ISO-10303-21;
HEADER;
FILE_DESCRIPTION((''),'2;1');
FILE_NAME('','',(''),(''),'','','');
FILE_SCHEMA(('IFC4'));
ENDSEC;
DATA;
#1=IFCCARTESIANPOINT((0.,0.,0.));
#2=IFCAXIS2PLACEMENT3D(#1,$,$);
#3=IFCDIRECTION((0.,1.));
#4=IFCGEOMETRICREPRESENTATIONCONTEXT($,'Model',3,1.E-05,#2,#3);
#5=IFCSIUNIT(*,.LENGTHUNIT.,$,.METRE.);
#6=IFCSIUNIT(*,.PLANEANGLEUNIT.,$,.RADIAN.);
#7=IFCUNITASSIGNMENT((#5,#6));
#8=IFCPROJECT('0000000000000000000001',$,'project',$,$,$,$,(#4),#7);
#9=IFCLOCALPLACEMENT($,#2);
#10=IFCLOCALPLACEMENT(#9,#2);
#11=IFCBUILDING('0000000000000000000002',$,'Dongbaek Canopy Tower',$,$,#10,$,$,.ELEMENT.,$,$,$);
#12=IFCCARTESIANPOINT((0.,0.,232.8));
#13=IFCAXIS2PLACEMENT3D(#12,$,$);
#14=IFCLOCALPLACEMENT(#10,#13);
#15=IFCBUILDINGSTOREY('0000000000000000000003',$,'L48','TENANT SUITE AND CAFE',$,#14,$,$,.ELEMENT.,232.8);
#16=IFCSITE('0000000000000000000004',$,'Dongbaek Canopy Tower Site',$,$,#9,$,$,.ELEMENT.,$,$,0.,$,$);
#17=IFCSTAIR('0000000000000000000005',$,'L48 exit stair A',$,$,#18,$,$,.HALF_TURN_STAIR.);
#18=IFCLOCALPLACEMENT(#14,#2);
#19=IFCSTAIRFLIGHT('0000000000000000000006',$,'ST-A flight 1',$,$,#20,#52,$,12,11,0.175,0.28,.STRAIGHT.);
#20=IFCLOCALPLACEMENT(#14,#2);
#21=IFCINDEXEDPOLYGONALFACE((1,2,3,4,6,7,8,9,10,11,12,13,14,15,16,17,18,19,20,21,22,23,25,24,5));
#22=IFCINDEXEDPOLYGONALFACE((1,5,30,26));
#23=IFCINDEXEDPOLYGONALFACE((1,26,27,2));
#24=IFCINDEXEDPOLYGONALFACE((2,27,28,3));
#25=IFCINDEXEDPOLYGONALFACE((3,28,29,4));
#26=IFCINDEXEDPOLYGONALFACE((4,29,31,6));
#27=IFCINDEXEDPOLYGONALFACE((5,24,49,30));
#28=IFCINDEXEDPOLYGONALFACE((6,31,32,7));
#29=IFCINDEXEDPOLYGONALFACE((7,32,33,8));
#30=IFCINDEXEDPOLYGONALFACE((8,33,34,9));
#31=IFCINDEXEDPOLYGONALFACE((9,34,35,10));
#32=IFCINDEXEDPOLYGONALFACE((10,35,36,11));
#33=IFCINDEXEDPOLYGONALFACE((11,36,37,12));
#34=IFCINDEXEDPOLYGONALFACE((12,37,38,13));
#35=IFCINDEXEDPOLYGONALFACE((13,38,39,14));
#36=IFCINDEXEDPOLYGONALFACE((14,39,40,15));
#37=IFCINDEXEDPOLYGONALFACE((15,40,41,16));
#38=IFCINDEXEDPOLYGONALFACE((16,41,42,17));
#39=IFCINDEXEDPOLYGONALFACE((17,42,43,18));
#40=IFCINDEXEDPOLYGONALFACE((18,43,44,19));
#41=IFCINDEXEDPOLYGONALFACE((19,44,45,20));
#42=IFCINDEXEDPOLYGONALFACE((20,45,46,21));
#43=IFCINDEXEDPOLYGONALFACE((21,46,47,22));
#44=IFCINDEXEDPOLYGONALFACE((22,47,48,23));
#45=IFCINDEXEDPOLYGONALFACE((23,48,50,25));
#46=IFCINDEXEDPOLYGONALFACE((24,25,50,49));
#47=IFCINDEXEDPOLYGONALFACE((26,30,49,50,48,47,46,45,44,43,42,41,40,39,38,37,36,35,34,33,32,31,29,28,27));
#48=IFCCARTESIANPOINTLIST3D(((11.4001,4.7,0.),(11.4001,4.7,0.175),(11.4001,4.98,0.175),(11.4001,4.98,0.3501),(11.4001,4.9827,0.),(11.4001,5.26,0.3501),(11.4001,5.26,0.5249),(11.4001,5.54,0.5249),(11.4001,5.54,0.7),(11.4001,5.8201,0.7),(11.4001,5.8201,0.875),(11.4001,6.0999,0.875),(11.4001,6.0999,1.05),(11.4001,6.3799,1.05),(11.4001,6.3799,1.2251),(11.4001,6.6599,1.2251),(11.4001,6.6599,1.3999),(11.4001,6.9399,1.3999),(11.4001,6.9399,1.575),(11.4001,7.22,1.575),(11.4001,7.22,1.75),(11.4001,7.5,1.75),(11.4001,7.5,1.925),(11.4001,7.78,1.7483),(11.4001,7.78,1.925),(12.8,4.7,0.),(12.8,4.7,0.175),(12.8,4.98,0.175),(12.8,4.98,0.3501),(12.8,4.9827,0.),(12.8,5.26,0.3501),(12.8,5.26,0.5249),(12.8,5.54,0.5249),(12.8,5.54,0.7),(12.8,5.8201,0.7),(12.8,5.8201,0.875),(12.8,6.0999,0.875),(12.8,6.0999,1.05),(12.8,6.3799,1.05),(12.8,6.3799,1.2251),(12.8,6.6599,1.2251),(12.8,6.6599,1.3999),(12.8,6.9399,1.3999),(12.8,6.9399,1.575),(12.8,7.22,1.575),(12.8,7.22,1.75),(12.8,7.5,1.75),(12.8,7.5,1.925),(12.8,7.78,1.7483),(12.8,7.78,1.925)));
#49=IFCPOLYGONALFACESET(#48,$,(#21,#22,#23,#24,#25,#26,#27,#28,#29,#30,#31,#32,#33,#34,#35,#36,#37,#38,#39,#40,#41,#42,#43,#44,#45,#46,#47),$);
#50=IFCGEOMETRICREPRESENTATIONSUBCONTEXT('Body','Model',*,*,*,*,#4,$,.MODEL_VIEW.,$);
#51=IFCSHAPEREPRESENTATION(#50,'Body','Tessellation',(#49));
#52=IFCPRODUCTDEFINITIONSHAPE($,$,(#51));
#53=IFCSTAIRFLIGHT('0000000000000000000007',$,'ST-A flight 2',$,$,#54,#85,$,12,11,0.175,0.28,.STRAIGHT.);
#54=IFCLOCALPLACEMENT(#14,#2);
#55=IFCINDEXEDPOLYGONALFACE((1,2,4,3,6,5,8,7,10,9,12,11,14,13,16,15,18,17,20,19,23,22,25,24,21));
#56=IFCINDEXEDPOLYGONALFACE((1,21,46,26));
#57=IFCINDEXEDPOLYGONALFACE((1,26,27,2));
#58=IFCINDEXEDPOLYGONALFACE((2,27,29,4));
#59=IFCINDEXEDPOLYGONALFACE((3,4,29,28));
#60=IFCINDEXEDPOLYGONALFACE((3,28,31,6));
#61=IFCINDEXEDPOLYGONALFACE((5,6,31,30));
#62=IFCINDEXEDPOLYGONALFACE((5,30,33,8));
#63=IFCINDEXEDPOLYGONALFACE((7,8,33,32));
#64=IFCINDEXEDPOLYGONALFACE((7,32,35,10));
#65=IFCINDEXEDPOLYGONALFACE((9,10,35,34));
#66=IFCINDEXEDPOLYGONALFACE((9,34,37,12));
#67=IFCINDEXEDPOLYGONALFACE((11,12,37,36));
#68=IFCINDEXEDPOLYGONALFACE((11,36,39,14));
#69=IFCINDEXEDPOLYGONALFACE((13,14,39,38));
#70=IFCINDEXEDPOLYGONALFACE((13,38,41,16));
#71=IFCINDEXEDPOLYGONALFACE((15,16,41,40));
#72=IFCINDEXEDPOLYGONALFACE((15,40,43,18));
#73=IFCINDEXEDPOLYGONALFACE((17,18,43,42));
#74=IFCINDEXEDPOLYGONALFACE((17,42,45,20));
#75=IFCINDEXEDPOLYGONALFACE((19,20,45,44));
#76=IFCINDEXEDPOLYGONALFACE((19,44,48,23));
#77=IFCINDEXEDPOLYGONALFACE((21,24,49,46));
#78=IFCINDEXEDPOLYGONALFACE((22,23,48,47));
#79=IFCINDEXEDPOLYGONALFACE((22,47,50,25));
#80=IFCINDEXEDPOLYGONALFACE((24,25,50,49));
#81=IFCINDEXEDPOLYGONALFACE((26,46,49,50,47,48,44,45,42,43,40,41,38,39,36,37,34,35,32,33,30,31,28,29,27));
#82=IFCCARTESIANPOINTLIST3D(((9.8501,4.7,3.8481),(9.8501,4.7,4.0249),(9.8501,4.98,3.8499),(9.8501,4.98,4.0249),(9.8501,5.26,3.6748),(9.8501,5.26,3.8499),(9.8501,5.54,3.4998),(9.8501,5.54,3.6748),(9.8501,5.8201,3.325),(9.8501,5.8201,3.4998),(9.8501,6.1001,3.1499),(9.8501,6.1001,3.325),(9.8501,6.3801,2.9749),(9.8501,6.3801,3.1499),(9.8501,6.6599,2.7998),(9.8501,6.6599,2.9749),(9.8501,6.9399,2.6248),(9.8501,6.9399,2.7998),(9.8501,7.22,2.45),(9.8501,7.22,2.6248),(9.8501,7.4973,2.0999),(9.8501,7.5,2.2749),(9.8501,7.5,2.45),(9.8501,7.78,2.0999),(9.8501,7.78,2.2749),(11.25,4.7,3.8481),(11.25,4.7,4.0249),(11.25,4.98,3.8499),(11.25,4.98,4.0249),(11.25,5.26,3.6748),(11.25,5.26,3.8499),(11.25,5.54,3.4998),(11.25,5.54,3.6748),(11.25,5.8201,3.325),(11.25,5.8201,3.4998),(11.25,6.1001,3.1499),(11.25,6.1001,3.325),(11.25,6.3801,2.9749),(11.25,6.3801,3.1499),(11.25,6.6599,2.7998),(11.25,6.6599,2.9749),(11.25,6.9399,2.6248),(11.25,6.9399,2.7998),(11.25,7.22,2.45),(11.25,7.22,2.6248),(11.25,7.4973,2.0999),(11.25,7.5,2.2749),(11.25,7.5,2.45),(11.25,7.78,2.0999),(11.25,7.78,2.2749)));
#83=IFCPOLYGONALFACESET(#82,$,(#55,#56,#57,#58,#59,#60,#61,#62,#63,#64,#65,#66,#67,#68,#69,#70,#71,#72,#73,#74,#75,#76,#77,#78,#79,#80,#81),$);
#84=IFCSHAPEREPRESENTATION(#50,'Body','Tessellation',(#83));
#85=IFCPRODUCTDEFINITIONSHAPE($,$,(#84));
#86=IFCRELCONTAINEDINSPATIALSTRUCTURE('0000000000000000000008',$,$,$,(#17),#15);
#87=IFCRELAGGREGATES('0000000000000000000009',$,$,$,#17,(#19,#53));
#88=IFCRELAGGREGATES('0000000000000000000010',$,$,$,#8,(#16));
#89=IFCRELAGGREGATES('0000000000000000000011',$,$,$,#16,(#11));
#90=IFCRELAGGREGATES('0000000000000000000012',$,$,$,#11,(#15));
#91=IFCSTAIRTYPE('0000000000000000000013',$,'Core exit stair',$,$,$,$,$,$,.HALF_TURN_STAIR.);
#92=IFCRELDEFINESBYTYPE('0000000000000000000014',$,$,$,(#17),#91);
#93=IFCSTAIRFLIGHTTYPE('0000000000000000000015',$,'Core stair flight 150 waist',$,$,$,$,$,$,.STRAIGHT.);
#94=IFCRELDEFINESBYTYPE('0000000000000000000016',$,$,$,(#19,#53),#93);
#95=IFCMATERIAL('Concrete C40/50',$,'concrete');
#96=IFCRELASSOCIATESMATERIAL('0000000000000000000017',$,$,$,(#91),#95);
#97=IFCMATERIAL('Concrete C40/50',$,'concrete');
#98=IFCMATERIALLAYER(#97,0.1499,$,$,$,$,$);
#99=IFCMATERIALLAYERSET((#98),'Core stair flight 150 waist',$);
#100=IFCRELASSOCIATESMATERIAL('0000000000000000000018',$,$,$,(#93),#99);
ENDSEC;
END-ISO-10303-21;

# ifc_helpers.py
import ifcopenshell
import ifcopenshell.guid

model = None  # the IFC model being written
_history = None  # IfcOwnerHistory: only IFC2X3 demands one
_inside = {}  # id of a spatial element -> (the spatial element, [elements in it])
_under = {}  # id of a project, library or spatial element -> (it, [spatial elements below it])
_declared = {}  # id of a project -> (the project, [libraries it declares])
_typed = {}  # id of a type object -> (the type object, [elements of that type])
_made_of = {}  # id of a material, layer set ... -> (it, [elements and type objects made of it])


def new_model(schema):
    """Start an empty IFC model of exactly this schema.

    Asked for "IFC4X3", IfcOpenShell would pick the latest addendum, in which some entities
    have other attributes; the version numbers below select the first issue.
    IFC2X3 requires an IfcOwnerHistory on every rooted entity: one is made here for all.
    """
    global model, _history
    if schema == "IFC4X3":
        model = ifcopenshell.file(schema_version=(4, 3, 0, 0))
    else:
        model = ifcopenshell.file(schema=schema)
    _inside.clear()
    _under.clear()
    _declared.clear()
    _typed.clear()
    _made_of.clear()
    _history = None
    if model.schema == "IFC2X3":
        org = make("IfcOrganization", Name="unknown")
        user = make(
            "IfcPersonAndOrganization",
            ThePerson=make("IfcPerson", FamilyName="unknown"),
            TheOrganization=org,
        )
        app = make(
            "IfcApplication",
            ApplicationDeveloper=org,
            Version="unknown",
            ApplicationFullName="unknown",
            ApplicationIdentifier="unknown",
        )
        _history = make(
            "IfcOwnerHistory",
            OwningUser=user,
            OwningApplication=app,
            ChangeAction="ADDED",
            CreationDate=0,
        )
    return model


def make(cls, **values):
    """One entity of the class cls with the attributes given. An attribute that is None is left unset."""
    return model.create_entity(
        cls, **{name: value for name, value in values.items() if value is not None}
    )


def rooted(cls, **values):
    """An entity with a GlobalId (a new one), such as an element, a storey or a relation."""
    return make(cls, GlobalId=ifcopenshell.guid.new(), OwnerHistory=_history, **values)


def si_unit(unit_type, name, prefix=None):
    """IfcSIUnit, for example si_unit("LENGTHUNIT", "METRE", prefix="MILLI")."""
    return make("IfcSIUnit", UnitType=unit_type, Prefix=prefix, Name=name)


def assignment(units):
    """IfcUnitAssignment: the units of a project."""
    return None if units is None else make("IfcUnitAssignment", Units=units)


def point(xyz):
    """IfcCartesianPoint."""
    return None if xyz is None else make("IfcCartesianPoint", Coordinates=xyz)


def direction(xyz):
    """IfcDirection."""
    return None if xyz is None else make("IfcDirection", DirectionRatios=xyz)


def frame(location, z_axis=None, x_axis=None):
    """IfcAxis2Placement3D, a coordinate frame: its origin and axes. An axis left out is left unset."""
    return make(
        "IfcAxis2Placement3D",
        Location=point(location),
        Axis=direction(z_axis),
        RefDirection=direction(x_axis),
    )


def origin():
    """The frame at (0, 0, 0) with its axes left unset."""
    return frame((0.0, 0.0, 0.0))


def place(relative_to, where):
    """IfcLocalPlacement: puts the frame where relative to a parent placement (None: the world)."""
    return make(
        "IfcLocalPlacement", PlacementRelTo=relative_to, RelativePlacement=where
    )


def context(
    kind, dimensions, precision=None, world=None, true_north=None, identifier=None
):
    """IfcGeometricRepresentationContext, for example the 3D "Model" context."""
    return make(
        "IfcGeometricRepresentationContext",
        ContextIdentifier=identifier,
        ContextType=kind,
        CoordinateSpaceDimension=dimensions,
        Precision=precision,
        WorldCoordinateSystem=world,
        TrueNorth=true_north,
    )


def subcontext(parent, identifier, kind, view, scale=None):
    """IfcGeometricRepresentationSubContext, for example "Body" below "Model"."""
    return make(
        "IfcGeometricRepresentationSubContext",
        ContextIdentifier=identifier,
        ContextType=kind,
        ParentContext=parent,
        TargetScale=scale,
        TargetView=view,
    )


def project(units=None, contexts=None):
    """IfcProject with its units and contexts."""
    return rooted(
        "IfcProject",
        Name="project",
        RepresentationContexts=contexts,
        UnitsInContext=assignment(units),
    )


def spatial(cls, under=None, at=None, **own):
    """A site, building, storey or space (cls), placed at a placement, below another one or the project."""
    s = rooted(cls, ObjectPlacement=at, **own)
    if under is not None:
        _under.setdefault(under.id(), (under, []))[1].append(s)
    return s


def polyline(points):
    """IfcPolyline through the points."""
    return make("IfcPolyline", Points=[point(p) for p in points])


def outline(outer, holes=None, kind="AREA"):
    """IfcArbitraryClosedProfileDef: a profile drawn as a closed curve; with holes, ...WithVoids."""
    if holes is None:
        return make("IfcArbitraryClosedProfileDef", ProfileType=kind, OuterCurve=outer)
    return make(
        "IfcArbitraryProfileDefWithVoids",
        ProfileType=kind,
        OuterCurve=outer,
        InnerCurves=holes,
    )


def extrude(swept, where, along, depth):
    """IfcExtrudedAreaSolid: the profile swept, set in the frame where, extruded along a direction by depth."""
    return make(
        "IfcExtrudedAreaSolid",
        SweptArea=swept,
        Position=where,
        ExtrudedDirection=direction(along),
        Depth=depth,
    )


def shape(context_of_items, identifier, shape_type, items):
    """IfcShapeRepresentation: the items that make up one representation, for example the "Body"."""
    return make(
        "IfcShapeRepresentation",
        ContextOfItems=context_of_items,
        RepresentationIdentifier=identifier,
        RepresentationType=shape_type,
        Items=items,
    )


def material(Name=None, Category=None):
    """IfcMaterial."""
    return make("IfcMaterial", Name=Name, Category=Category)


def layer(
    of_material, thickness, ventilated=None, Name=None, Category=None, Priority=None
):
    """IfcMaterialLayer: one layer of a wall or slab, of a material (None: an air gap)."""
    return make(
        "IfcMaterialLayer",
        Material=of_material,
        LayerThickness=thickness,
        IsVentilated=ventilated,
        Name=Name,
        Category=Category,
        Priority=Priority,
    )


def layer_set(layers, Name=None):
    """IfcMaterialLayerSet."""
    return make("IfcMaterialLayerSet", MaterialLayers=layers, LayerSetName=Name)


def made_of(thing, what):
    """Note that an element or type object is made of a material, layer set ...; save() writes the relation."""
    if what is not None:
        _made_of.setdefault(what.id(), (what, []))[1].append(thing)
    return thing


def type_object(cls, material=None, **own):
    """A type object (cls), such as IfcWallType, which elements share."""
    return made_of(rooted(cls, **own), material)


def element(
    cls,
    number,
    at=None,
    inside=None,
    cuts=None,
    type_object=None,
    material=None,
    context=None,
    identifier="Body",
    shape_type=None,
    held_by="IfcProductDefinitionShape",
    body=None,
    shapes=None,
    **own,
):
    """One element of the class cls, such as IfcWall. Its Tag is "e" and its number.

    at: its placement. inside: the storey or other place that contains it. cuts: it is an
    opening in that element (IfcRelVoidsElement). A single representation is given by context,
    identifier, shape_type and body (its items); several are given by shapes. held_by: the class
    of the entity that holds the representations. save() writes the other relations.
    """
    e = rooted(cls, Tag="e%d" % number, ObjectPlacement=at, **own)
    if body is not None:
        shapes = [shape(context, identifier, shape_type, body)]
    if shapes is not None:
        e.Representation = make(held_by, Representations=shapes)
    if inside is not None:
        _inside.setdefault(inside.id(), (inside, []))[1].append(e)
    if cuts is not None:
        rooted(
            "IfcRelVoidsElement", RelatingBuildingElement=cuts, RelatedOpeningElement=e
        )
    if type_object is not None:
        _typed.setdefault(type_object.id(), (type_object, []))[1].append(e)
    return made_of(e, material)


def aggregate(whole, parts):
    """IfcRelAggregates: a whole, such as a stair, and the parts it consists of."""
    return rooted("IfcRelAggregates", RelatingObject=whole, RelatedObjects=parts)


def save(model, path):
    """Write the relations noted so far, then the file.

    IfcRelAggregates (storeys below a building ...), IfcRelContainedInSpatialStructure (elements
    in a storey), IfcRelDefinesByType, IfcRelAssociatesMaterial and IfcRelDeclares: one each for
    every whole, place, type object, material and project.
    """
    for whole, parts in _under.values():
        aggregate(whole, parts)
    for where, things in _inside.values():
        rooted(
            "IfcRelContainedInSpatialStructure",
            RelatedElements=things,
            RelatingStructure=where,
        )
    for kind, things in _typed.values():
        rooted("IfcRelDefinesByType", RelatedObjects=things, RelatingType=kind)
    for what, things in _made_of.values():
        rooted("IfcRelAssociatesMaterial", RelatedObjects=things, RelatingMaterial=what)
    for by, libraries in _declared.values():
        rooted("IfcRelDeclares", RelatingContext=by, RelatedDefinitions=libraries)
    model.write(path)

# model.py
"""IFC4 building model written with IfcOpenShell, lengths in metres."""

from ifc_helpers import new_model, si_unit, direction, frame, origin, place, context, subcontext, project, spatial, polyline, outline, extrude, material, layer, layer_set, type_object, element, aggregate, save


model = new_model("IFC4")

# Units and contexts
model_context = context("Model", 3, precision=1e-05, world=origin(), true_north=direction((0.0, 1.0)))
body_context = subcontext(model_context, "Body", "Model", "MODEL_VIEW")
ifc_project = project(units=[si_unit("LENGTHUNIT", "METRE"), si_unit("PLANEANGLEUNIT", "RADIAN")], contexts=[model_context])

# Site, building, storey
site_placement = place(None, origin())
site = spatial("IfcSite", under=ifc_project, at=site_placement, Name="Dongbaek Canopy Tower Site", CompositionType="ELEMENT", RefElevation=0.0)
building_placement = place(site_placement, origin())
building = spatial("IfcBuilding", under=site, at=building_placement, Name="Dongbaek Canopy Tower", CompositionType="ELEMENT")
storey_placement = place(building_placement, frame((0.0, 0.0, 232.8)))
storey = spatial("IfcBuildingStorey", under=building, at=storey_placement, Name="L48", Description="TENANT SUITE AND CAFE", CompositionType="ELEMENT", Elevation=232.8)

# Stair, stair flights
ifc_material_1 = material(Name="Concrete C40/50", Category="concrete")
stair_type = type_object("IfcStairType", Name="Core exit stair", PredefinedType="HALF_TURN_STAIR", material=ifc_material_1)
stair_placement = place(storey_placement, origin())
stair = element("IfcStair", 1, at=stair_placement, inside=storey, type_object=stair_type, Name="L48 exit stair A", PredefinedType="HALF_TURN_STAIR")
ifc_material_2 = material(Name="Concrete C40/50", Category="concrete")
ifc_layer_1 = layer(ifc_material_2, 0.1499)
ifc_layer_set_1 = layer_set([ifc_layer_1], Name="Core stair flight 150 waist")
stair_flight_type = type_object("IfcStairFlightType", Name="Core stair flight 150 waist", PredefinedType="STRAIGHT", material=ifc_layer_set_1)
stair_flight_1_placement = place(storey_placement, frame((12.1001, 4.7, 0.0), z_axis=(0.0, 0.0, 1.0), x_axis=(0.0, 1.0, 0.0)))
stair_flight_1 = element("IfcStairFlight", 2, at=stair_flight_1_placement, type_object=stair_flight_type, Name="ST-A flight 1", NumberOfRisers=12, NumberOfTreads=11, PredefinedType="STRAIGHT", RiserHeight=0.175, TreadLength=0.28, context=body_context, shape_type="SweptSolid", body=[
    extrude(outline(polyline([(0.0, 0.0), (0.0, 0.175), (0.28, 0.175), (0.28, 0.3501), (0.5601, 0.3501), (0.5601, 0.5249), (0.8401, 0.5249), (0.8401, 0.7), (1.1201, 0.7), (1.1201, 0.875), (1.3999, 0.875), (1.3999, 1.05), (1.6799, 1.05), (1.6799, 1.2251), (1.96, 1.2251), (1.96, 1.3999), (2.24, 1.3999), (2.24, 1.575), (2.52, 1.575), (2.52, 1.75), (2.8, 1.75), (2.8, 1.925), (3.0801, 1.925), (3.0801, 2.1001), (3.0801, 1.7483), (0.2827, 0.0), (0.0, 0.0)])), frame((0.0, 0.7, 0.0), z_axis=(0.0, -1.0, 0.0), x_axis=(1.0, 0.0, 0.0)), (0.0, 0.0, 1.0), 1.3999),
])
stair_flight_2_placement = place(storey_placement, frame((10.55, 7.78, 2.0999), z_axis=(0.0, 0.0, 1.0), x_axis=(0.0, -1.0, 0.0)))
stair_flight_2 = element("IfcStairFlight", 3, at=stair_flight_2_placement, type_object=stair_flight_type, Name="ST-A flight 2", NumberOfRisers=12, NumberOfTreads=11, PredefinedType="STRAIGHT", RiserHeight=0.175, TreadLength=0.28, context=body_context, shape_type="SweptSolid", body=[
    extrude(outline(polyline([(0.0, 0.0), (0.0, 0.175), (0.28, 0.175), (0.28, 0.3501), (0.5601, 0.3501), (0.5601, 0.5249), (0.8401, 0.5249), (0.8401, 0.7), (1.1201, 0.7), (1.1201, 0.875), (1.3999, 0.875), (1.3999, 1.05), (1.6799, 1.05), (1.6799, 1.2251), (1.96, 1.2251), (1.96, 1.3999), (2.24, 1.3999), (2.24, 1.575), (2.52, 1.575), (2.52, 1.75), (2.8, 1.75), (2.8, 1.925), (3.0801, 1.925), (3.0801, 2.1001), (3.0801, 1.7483), (0.2827, 0.0), (0.0, 0.0)])), frame((0.0, 0.7, 0.0), z_axis=(0.0, -1.0, 0.0), x_axis=(1.0, 0.0, 0.0)), (0.0, 0.0, 1.0), 1.3999),
])
aggregate(stair, [stair_flight_1, stair_flight_2])

save(model, "model.ifc")
